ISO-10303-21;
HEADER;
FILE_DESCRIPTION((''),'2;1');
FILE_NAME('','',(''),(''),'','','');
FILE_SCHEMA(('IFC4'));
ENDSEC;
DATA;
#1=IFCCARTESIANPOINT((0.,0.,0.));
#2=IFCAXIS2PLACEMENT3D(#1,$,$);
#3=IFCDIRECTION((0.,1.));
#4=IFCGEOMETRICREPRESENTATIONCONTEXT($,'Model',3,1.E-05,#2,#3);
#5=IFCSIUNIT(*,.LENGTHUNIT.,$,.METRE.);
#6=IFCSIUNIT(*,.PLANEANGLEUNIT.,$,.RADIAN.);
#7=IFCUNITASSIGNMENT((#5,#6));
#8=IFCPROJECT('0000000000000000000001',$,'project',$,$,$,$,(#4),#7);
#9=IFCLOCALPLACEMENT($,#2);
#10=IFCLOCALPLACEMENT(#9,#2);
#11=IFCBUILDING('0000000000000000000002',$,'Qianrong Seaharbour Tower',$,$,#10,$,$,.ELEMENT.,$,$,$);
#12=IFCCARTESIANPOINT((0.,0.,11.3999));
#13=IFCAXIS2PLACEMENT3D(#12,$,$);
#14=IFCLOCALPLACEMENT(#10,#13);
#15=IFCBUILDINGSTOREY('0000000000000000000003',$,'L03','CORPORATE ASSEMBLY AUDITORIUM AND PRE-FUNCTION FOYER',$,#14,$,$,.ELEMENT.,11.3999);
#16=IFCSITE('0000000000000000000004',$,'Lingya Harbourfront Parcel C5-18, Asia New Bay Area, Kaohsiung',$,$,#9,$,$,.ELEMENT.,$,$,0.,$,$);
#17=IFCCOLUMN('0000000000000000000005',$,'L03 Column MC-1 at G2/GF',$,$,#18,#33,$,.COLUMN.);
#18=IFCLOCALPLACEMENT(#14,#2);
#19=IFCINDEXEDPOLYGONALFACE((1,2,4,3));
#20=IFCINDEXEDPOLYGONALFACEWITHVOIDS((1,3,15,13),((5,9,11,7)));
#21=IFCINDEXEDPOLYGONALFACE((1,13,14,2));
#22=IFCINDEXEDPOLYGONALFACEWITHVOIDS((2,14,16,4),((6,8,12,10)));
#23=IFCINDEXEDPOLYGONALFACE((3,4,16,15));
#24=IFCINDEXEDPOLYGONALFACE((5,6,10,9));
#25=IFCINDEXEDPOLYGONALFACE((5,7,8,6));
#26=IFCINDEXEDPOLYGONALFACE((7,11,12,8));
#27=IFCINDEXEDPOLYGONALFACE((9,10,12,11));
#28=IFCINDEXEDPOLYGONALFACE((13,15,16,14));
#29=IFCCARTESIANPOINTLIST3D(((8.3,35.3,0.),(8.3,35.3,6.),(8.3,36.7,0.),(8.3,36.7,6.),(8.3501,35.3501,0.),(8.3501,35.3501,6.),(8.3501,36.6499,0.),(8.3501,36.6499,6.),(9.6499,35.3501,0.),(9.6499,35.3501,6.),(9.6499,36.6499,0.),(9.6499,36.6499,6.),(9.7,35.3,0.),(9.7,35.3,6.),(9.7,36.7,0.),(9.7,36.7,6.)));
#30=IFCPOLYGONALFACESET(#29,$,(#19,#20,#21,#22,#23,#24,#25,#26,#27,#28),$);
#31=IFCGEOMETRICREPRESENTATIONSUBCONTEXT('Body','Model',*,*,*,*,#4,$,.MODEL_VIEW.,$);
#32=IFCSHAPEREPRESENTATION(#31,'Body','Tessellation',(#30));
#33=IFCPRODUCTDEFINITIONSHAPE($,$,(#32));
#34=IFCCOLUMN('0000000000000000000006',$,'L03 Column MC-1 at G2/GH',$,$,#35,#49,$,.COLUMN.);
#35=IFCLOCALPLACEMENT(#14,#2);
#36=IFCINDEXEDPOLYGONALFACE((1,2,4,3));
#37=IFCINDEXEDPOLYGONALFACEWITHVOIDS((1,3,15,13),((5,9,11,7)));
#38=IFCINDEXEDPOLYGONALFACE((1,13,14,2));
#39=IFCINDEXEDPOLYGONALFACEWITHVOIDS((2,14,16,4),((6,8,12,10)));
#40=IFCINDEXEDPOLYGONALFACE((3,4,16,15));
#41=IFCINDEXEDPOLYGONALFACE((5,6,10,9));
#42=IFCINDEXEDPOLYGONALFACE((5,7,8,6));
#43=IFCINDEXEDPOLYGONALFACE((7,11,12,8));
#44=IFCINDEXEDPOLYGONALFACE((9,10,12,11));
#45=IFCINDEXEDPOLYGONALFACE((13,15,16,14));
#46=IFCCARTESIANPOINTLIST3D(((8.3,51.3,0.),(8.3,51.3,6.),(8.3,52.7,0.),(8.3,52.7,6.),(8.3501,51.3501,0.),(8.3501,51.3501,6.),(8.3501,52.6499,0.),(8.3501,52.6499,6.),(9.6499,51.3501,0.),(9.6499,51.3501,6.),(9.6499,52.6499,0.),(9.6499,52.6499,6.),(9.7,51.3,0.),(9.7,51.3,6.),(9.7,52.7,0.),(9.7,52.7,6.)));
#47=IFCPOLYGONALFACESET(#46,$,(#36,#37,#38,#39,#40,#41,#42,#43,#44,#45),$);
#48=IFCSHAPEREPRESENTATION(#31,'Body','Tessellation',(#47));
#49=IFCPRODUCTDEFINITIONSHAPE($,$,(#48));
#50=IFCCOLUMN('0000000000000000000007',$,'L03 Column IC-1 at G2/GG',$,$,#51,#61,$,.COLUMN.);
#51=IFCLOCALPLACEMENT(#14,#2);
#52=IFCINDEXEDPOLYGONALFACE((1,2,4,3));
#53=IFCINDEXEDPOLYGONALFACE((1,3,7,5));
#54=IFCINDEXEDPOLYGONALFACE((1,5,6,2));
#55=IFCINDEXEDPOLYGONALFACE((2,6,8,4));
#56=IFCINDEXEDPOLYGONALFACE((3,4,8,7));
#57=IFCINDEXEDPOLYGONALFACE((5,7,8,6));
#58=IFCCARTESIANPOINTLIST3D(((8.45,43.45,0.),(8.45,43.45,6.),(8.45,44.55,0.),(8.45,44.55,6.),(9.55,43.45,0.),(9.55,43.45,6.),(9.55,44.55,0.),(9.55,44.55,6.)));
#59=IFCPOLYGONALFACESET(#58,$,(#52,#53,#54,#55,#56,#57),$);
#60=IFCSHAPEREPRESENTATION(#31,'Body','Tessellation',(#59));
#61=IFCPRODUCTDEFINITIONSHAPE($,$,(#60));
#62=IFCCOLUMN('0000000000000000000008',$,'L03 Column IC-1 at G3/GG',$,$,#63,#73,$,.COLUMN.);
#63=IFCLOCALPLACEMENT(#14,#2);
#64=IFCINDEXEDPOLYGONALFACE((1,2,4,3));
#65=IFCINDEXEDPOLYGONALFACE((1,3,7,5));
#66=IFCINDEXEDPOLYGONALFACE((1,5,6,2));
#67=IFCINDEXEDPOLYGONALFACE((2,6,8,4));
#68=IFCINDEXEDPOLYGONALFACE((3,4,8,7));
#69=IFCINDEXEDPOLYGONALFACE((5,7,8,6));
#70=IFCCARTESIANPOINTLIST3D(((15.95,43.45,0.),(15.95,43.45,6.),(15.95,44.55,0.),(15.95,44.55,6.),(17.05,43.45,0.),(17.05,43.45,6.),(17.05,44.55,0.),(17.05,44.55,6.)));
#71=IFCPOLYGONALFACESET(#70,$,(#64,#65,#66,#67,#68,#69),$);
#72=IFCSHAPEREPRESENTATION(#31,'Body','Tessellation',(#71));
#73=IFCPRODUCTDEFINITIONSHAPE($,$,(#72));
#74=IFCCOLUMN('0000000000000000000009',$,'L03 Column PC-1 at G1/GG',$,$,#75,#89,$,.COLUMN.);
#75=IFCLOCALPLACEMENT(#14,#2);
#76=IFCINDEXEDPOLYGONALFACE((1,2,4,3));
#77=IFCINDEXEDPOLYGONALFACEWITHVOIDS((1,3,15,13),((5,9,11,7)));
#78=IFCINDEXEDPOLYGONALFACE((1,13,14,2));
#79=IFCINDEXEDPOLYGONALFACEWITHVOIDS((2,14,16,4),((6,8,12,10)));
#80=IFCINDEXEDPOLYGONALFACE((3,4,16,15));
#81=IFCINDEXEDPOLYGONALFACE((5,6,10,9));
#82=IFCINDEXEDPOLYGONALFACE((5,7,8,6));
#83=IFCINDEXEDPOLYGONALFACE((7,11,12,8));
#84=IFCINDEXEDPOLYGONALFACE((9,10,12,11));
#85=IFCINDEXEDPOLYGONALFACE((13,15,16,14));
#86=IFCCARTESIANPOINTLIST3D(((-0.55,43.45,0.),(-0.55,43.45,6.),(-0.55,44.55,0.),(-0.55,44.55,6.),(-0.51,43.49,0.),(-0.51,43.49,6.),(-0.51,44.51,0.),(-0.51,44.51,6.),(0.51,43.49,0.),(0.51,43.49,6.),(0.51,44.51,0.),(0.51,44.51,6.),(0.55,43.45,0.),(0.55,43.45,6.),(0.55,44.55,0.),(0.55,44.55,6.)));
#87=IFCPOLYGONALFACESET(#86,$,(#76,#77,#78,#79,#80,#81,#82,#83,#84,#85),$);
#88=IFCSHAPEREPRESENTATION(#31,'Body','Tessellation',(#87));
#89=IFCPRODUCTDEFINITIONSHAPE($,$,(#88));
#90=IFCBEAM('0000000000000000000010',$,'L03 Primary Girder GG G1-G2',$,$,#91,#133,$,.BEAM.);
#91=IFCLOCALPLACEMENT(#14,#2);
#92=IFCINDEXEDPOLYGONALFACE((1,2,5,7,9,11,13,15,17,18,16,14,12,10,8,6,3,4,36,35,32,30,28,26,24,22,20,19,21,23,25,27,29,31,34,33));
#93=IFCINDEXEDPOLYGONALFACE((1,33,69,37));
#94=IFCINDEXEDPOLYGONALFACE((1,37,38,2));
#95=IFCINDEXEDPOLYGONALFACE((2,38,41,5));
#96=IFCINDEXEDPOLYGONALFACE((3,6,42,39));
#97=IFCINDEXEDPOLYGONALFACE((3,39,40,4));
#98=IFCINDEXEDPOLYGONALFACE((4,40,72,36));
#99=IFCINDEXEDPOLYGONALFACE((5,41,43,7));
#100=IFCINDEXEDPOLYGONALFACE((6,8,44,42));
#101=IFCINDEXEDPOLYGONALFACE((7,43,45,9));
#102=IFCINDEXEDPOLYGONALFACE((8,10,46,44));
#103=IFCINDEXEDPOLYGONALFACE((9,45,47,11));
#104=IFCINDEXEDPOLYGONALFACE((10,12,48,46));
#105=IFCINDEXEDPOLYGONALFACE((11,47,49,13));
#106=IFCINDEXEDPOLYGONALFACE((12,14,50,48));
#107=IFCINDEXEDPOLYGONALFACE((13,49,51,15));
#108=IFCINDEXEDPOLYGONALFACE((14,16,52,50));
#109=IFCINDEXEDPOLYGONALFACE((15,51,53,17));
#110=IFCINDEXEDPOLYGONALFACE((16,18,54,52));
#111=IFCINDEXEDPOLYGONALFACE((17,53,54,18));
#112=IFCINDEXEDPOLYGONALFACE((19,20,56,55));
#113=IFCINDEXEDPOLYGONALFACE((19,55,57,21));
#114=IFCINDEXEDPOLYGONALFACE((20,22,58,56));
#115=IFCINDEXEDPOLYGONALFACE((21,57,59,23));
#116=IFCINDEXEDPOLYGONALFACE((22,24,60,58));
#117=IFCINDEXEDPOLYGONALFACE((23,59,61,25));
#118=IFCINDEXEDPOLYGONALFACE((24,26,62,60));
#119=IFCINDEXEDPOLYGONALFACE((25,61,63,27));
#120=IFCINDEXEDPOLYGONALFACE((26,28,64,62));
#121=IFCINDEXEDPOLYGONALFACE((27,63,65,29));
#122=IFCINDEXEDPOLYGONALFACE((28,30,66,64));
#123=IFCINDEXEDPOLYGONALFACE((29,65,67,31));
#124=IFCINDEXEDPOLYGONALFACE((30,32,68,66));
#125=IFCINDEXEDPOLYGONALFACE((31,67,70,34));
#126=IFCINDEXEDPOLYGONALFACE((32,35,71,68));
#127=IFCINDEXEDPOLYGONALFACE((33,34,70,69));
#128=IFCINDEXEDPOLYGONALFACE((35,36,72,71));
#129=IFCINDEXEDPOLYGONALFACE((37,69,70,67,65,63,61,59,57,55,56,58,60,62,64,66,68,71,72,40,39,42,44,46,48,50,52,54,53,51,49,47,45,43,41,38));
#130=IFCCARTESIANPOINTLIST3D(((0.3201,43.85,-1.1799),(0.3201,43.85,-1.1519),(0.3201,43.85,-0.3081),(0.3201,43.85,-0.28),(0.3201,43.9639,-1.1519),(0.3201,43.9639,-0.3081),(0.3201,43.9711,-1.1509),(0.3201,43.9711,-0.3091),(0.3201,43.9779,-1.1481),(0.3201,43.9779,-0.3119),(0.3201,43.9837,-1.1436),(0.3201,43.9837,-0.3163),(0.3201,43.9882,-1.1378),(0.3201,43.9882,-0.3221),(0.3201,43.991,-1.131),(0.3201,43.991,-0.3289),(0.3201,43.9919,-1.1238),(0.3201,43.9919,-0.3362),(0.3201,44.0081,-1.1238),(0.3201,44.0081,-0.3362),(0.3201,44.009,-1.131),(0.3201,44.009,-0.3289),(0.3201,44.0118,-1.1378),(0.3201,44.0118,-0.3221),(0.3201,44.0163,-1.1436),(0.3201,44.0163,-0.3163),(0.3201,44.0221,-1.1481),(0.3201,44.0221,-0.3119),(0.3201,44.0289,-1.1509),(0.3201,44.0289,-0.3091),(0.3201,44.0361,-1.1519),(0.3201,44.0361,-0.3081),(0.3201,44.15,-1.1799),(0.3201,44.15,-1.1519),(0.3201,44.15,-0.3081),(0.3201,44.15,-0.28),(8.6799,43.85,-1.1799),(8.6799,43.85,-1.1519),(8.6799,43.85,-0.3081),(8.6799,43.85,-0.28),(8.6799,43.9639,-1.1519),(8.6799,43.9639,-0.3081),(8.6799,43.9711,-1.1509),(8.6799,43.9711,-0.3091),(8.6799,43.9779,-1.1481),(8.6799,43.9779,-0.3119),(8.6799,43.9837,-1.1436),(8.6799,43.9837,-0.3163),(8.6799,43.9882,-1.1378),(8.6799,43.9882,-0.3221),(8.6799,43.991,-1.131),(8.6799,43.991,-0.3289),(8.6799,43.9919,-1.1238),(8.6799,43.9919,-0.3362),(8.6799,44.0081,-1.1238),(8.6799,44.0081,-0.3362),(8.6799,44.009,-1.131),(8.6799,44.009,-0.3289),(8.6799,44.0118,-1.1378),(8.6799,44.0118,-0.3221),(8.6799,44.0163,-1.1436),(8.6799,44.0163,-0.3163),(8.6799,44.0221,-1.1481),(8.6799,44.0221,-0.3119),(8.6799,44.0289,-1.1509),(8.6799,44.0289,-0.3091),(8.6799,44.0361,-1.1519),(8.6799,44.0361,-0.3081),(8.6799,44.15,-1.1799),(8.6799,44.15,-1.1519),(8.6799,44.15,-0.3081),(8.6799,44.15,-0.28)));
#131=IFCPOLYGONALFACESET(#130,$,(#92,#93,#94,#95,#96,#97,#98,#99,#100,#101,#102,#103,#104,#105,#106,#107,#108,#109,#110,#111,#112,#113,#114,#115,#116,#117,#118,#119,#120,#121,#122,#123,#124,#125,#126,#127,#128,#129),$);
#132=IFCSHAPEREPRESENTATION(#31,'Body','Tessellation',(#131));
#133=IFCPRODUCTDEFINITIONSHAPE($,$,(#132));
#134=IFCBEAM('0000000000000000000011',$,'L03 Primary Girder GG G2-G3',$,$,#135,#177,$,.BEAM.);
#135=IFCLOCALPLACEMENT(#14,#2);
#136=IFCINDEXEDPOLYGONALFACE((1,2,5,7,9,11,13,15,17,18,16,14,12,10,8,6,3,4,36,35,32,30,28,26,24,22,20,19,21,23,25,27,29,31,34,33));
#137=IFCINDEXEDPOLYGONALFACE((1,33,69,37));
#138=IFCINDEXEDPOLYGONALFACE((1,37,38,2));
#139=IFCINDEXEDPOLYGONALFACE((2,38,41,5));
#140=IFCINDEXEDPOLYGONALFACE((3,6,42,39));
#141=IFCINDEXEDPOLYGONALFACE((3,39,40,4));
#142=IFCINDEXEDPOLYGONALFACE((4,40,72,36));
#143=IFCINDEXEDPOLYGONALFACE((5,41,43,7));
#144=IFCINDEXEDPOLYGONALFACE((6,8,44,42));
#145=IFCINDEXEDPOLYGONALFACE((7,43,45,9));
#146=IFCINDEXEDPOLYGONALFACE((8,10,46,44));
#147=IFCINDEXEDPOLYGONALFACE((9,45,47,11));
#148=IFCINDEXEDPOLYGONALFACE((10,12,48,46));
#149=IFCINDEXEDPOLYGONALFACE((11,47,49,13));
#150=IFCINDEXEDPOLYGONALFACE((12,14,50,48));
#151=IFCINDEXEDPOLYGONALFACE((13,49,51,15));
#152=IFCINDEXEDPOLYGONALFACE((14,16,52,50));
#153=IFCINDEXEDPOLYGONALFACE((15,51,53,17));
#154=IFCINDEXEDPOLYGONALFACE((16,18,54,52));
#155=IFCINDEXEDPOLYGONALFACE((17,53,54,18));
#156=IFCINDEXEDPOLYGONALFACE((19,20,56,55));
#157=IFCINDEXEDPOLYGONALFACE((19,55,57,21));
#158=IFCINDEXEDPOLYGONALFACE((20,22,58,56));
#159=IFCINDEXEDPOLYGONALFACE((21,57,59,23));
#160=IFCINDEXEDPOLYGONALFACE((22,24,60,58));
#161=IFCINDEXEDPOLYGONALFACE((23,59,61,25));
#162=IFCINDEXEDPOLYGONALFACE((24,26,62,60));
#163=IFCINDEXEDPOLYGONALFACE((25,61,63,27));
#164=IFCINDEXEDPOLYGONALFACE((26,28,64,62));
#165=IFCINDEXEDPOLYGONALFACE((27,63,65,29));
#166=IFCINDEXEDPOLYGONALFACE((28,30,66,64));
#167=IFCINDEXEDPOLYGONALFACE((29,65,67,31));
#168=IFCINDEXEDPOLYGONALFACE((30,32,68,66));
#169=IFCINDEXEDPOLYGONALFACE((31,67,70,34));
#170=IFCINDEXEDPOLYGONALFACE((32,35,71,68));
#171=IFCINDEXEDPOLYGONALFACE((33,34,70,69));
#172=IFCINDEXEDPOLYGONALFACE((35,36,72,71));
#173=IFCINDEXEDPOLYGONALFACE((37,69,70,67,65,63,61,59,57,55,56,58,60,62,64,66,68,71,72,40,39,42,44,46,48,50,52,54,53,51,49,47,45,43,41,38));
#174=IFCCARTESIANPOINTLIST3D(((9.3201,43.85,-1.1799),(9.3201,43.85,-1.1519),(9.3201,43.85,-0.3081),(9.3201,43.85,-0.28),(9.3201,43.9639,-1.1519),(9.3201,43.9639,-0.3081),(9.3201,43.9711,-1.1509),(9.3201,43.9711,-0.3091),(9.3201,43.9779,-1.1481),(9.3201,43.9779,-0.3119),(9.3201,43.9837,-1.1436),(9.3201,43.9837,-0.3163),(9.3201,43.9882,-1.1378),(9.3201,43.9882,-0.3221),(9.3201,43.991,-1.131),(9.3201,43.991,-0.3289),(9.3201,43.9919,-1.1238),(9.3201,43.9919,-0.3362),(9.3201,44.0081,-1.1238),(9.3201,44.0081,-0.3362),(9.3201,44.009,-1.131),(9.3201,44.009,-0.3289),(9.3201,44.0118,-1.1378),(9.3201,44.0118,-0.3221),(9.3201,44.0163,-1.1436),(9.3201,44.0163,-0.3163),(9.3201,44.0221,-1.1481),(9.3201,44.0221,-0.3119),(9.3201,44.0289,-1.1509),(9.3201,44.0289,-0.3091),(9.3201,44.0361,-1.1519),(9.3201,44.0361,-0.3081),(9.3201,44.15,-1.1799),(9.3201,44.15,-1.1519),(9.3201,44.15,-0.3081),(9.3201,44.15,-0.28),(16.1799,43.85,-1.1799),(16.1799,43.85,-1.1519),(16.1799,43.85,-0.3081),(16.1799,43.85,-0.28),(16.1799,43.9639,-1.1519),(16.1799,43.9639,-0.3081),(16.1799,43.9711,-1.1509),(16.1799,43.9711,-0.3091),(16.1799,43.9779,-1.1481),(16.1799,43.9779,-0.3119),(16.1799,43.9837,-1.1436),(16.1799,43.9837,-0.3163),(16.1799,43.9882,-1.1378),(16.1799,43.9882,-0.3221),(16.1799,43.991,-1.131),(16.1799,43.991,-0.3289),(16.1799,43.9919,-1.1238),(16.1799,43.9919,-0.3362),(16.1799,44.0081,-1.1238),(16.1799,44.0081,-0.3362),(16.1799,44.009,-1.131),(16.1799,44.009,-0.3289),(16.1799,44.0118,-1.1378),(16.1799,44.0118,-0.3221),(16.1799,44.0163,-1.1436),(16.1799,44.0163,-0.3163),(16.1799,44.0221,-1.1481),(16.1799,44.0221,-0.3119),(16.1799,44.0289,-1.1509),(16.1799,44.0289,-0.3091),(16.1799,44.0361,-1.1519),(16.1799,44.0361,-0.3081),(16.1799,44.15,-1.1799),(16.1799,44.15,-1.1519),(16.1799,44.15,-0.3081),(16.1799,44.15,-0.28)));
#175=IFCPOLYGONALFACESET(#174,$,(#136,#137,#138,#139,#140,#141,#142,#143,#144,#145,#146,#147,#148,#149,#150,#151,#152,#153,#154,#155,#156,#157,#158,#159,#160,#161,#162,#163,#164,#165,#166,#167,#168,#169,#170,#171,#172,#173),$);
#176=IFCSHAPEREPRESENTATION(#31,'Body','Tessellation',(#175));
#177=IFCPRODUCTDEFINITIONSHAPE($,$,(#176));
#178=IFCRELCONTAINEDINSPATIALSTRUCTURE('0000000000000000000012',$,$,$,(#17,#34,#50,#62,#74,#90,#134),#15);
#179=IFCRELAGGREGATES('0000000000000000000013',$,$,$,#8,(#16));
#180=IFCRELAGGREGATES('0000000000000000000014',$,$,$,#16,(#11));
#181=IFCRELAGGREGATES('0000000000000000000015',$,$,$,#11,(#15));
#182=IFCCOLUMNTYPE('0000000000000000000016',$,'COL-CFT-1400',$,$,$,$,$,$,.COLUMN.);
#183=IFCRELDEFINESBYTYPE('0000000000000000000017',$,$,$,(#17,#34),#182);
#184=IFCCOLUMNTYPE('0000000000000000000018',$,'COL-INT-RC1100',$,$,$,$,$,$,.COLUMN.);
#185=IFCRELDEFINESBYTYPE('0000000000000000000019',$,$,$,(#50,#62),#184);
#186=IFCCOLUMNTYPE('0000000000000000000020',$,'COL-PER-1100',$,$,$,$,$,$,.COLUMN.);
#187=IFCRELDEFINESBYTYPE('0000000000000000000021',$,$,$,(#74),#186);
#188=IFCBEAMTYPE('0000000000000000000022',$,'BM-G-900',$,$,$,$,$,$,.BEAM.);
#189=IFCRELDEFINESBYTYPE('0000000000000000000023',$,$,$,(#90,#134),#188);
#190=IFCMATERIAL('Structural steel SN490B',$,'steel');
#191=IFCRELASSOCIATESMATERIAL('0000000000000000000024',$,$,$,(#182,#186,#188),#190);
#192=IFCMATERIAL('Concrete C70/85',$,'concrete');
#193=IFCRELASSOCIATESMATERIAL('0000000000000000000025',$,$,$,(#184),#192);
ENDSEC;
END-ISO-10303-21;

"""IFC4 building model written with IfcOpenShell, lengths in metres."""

from ifc_helpers import new_model, si_unit, direction, frame, origin, origin_2d, place, context, subcontext, project, spatial, rectangle, hollow_rectangle, i_section, extrude, material, material_profile, profile_set, type_object, element, save


model = new_model("IFC4")

# Units and contexts
model_context = context("Model", 3, precision=1e-05, world=origin(), true_north=direction((0.0, 1.0)))
body_context = subcontext(model_context, "Body", "Model", "MODEL_VIEW")
ifc_project = project(units=[si_unit("LENGTHUNIT", "METRE"), si_unit("PLANEANGLEUNIT", "RADIAN")], contexts=[model_context])

# Site, building, storey
site_placement = place(None, origin())
site = spatial("IfcSite", under=ifc_project, at=site_placement, Name="Lingya Harbourfront Parcel C5-18, Asia New Bay Area, Kaohsiung", CompositionType="ELEMENT", RefElevation=0.0)
building_placement = place(site_placement, origin())
building = spatial("IfcBuilding", under=site, at=building_placement, Name="Qianrong Seaharbour Tower", CompositionType="ELEMENT")
storey_placement = place(building_placement, frame((0.0, 0.0, 11.3999)))
storey = spatial("IfcBuildingStorey", under=building, at=storey_placement, Name="L03", Description="CORPORATE ASSEMBLY AUDITORIUM AND PRE-FUNCTION FOYER", CompositionType="ELEMENT", Elevation=11.3999)

# Columns
ifc_material_1 = material(Name="Structural steel SN490B", Category="steel")
ifc_material_profile_1 = material_profile(ifc_material_1, hollow_rectangle(XDim=1.3999, YDim=1.3999, WallThickness=0.05, at=origin_2d()), Name="BOX1400x1400x50")
ifc_profile_set_1 = profile_set([ifc_material_profile_1], Name="Structural steel SN490B")
column_type_1 = type_object("IfcColumnType", Name="COL-CFT-1400", PredefinedType="COLUMN", material=ifc_profile_set_1)
for number, where, z_axis, x_axis, name in (
    (1, (9.0, 36.0, 0.0), (0.0, 0.0, 1.0), (1.0, 0.0, 0.0), "L03 Column MC-1 at G2/GF"),
    (2, (9.0, 52.0, 0.0), (0.0, 0.0, 1.0), (1.0, 0.0, 0.0), "L03 Column MC-1 at G2/GH"),
):
    element("IfcColumn", number, at=place(storey_placement, frame(where, z_axis=z_axis, x_axis=x_axis)), inside=storey, type_object=column_type_1, Name=name, PredefinedType="COLUMN", context=body_context, shape_type="SweptSolid", body=[
        extrude(hollow_rectangle(XDim=1.3999, YDim=1.3999, WallThickness=0.05, at=origin_2d()), origin(), (0.0, 0.0, 1.0), 6.0),
    ])
ifc_material_2 = material(Name="Concrete C70/85", Category="concrete")
ifc_material_profile_2 = material_profile(ifc_material_2, rectangle(XDim=1.1001, YDim=1.1001, at=origin_2d()), Name="RC1100x1100")
ifc_profile_set_2 = profile_set([ifc_material_profile_2], Name="Concrete C70/85")
column_type_2 = type_object("IfcColumnType", Name="COL-INT-RC1100", PredefinedType="COLUMN", material=ifc_profile_set_2)
for number, where, z_axis, x_axis, name in (
    (3, (9.0, 44.0, 0.0), (0.0, 0.0, 1.0), (1.0, 0.0, 0.0), "L03 Column IC-1 at G2/GG"),
    (4, (16.5, 44.0, 0.0), (0.0, 0.0, 1.0), (1.0, 0.0, 0.0), "L03 Column IC-1 at G3/GG"),
):
    element("IfcColumn", number, at=place(storey_placement, frame(where, z_axis=z_axis, x_axis=x_axis)), inside=storey, type_object=column_type_2, Name=name, PredefinedType="COLUMN", context=body_context, shape_type="SweptSolid", body=[
        extrude(rectangle(XDim=1.1001, YDim=1.1001, at=origin_2d()), origin(), (0.0, 0.0, 1.0), 6.0),
    ])
ifc_material_profile_3 = material_profile(ifc_material_1, hollow_rectangle(XDim=1.1001, YDim=1.1001, WallThickness=0.04, at=origin_2d()), Name="BOX1100x1100x40")
ifc_profile_set_3 = profile_set([ifc_material_profile_3], Name="Structural steel SN490B")
column_type_3 = type_object("IfcColumnType", Name="COL-PER-1100", PredefinedType="COLUMN", material=ifc_profile_set_3)
column_placement = place(storey_placement, frame((0.0, 44.0, 0.0), z_axis=(0.0, 0.0, 1.0), x_axis=(1.0, 0.0, 0.0)))
element("IfcColumn", 5, at=column_placement, inside=storey, type_object=column_type_3, Name="L03 Column PC-1 at G1/GG", PredefinedType="COLUMN", context=body_context, shape_type="SweptSolid", body=[
    extrude(hollow_rectangle(XDim=1.1001, YDim=1.1001, WallThickness=0.04, at=origin_2d()), origin(), (0.0, 0.0, 1.0), 6.0),
])

# Beams
ifc_material_profile_4 = material_profile(ifc_material_1, i_section(OverallWidth=0.3, OverallDepth=0.8999, WebThickness=0.0161, FlangeThickness=0.0281, FilletRadius=0.0281, at=origin_2d()), Name="H900x300x16x28")
ifc_profile_set_4 = profile_set([ifc_material_profile_4], Name="Structural steel SN490B")
beam_type_1 = type_object("IfcBeamType", Name="BM-G-900", PredefinedType="BEAM", material=ifc_profile_set_4)
beam_1_placement = place(storey_placement, frame((0.3201, 44.0, -0.73), z_axis=(1.0, 0.0, 0.0), x_axis=(0.0, 1.0, 0.0)))
element("IfcBeam", 6, at=beam_1_placement, inside=storey, type_object=beam_type_1, Name="L03 Primary Girder GG G1-G2", PredefinedType="BEAM", context=body_context, shape_type="SweptSolid", body=[
    extrude(i_section(OverallWidth=0.3, OverallDepth=0.8999, WebThickness=0.0161, FlangeThickness=0.0281, FilletRadius=0.0281, at=origin_2d()), origin(), (0.0, 0.0, 1.0), 8.3599),
])
beam_2_placement = place(storey_placement, frame((9.3201, 44.0, -0.73), z_axis=(1.0, 0.0, 0.0), x_axis=(0.0, 1.0, 0.0)))
element("IfcBeam", 7, at=beam_2_placement, inside=storey, type_object=beam_type_1, Name="L03 Primary Girder GG G2-G3", PredefinedType="BEAM", context=body_context, shape_type="SweptSolid", body=[
    extrude(i_section(OverallWidth=0.3, OverallDepth=0.8999, WebThickness=0.0161, FlangeThickness=0.0281, FilletRadius=0.0281, at=origin_2d()), origin(), (0.0, 0.0, 1.0), 6.8599),
])

save(model, "model.ifc")
